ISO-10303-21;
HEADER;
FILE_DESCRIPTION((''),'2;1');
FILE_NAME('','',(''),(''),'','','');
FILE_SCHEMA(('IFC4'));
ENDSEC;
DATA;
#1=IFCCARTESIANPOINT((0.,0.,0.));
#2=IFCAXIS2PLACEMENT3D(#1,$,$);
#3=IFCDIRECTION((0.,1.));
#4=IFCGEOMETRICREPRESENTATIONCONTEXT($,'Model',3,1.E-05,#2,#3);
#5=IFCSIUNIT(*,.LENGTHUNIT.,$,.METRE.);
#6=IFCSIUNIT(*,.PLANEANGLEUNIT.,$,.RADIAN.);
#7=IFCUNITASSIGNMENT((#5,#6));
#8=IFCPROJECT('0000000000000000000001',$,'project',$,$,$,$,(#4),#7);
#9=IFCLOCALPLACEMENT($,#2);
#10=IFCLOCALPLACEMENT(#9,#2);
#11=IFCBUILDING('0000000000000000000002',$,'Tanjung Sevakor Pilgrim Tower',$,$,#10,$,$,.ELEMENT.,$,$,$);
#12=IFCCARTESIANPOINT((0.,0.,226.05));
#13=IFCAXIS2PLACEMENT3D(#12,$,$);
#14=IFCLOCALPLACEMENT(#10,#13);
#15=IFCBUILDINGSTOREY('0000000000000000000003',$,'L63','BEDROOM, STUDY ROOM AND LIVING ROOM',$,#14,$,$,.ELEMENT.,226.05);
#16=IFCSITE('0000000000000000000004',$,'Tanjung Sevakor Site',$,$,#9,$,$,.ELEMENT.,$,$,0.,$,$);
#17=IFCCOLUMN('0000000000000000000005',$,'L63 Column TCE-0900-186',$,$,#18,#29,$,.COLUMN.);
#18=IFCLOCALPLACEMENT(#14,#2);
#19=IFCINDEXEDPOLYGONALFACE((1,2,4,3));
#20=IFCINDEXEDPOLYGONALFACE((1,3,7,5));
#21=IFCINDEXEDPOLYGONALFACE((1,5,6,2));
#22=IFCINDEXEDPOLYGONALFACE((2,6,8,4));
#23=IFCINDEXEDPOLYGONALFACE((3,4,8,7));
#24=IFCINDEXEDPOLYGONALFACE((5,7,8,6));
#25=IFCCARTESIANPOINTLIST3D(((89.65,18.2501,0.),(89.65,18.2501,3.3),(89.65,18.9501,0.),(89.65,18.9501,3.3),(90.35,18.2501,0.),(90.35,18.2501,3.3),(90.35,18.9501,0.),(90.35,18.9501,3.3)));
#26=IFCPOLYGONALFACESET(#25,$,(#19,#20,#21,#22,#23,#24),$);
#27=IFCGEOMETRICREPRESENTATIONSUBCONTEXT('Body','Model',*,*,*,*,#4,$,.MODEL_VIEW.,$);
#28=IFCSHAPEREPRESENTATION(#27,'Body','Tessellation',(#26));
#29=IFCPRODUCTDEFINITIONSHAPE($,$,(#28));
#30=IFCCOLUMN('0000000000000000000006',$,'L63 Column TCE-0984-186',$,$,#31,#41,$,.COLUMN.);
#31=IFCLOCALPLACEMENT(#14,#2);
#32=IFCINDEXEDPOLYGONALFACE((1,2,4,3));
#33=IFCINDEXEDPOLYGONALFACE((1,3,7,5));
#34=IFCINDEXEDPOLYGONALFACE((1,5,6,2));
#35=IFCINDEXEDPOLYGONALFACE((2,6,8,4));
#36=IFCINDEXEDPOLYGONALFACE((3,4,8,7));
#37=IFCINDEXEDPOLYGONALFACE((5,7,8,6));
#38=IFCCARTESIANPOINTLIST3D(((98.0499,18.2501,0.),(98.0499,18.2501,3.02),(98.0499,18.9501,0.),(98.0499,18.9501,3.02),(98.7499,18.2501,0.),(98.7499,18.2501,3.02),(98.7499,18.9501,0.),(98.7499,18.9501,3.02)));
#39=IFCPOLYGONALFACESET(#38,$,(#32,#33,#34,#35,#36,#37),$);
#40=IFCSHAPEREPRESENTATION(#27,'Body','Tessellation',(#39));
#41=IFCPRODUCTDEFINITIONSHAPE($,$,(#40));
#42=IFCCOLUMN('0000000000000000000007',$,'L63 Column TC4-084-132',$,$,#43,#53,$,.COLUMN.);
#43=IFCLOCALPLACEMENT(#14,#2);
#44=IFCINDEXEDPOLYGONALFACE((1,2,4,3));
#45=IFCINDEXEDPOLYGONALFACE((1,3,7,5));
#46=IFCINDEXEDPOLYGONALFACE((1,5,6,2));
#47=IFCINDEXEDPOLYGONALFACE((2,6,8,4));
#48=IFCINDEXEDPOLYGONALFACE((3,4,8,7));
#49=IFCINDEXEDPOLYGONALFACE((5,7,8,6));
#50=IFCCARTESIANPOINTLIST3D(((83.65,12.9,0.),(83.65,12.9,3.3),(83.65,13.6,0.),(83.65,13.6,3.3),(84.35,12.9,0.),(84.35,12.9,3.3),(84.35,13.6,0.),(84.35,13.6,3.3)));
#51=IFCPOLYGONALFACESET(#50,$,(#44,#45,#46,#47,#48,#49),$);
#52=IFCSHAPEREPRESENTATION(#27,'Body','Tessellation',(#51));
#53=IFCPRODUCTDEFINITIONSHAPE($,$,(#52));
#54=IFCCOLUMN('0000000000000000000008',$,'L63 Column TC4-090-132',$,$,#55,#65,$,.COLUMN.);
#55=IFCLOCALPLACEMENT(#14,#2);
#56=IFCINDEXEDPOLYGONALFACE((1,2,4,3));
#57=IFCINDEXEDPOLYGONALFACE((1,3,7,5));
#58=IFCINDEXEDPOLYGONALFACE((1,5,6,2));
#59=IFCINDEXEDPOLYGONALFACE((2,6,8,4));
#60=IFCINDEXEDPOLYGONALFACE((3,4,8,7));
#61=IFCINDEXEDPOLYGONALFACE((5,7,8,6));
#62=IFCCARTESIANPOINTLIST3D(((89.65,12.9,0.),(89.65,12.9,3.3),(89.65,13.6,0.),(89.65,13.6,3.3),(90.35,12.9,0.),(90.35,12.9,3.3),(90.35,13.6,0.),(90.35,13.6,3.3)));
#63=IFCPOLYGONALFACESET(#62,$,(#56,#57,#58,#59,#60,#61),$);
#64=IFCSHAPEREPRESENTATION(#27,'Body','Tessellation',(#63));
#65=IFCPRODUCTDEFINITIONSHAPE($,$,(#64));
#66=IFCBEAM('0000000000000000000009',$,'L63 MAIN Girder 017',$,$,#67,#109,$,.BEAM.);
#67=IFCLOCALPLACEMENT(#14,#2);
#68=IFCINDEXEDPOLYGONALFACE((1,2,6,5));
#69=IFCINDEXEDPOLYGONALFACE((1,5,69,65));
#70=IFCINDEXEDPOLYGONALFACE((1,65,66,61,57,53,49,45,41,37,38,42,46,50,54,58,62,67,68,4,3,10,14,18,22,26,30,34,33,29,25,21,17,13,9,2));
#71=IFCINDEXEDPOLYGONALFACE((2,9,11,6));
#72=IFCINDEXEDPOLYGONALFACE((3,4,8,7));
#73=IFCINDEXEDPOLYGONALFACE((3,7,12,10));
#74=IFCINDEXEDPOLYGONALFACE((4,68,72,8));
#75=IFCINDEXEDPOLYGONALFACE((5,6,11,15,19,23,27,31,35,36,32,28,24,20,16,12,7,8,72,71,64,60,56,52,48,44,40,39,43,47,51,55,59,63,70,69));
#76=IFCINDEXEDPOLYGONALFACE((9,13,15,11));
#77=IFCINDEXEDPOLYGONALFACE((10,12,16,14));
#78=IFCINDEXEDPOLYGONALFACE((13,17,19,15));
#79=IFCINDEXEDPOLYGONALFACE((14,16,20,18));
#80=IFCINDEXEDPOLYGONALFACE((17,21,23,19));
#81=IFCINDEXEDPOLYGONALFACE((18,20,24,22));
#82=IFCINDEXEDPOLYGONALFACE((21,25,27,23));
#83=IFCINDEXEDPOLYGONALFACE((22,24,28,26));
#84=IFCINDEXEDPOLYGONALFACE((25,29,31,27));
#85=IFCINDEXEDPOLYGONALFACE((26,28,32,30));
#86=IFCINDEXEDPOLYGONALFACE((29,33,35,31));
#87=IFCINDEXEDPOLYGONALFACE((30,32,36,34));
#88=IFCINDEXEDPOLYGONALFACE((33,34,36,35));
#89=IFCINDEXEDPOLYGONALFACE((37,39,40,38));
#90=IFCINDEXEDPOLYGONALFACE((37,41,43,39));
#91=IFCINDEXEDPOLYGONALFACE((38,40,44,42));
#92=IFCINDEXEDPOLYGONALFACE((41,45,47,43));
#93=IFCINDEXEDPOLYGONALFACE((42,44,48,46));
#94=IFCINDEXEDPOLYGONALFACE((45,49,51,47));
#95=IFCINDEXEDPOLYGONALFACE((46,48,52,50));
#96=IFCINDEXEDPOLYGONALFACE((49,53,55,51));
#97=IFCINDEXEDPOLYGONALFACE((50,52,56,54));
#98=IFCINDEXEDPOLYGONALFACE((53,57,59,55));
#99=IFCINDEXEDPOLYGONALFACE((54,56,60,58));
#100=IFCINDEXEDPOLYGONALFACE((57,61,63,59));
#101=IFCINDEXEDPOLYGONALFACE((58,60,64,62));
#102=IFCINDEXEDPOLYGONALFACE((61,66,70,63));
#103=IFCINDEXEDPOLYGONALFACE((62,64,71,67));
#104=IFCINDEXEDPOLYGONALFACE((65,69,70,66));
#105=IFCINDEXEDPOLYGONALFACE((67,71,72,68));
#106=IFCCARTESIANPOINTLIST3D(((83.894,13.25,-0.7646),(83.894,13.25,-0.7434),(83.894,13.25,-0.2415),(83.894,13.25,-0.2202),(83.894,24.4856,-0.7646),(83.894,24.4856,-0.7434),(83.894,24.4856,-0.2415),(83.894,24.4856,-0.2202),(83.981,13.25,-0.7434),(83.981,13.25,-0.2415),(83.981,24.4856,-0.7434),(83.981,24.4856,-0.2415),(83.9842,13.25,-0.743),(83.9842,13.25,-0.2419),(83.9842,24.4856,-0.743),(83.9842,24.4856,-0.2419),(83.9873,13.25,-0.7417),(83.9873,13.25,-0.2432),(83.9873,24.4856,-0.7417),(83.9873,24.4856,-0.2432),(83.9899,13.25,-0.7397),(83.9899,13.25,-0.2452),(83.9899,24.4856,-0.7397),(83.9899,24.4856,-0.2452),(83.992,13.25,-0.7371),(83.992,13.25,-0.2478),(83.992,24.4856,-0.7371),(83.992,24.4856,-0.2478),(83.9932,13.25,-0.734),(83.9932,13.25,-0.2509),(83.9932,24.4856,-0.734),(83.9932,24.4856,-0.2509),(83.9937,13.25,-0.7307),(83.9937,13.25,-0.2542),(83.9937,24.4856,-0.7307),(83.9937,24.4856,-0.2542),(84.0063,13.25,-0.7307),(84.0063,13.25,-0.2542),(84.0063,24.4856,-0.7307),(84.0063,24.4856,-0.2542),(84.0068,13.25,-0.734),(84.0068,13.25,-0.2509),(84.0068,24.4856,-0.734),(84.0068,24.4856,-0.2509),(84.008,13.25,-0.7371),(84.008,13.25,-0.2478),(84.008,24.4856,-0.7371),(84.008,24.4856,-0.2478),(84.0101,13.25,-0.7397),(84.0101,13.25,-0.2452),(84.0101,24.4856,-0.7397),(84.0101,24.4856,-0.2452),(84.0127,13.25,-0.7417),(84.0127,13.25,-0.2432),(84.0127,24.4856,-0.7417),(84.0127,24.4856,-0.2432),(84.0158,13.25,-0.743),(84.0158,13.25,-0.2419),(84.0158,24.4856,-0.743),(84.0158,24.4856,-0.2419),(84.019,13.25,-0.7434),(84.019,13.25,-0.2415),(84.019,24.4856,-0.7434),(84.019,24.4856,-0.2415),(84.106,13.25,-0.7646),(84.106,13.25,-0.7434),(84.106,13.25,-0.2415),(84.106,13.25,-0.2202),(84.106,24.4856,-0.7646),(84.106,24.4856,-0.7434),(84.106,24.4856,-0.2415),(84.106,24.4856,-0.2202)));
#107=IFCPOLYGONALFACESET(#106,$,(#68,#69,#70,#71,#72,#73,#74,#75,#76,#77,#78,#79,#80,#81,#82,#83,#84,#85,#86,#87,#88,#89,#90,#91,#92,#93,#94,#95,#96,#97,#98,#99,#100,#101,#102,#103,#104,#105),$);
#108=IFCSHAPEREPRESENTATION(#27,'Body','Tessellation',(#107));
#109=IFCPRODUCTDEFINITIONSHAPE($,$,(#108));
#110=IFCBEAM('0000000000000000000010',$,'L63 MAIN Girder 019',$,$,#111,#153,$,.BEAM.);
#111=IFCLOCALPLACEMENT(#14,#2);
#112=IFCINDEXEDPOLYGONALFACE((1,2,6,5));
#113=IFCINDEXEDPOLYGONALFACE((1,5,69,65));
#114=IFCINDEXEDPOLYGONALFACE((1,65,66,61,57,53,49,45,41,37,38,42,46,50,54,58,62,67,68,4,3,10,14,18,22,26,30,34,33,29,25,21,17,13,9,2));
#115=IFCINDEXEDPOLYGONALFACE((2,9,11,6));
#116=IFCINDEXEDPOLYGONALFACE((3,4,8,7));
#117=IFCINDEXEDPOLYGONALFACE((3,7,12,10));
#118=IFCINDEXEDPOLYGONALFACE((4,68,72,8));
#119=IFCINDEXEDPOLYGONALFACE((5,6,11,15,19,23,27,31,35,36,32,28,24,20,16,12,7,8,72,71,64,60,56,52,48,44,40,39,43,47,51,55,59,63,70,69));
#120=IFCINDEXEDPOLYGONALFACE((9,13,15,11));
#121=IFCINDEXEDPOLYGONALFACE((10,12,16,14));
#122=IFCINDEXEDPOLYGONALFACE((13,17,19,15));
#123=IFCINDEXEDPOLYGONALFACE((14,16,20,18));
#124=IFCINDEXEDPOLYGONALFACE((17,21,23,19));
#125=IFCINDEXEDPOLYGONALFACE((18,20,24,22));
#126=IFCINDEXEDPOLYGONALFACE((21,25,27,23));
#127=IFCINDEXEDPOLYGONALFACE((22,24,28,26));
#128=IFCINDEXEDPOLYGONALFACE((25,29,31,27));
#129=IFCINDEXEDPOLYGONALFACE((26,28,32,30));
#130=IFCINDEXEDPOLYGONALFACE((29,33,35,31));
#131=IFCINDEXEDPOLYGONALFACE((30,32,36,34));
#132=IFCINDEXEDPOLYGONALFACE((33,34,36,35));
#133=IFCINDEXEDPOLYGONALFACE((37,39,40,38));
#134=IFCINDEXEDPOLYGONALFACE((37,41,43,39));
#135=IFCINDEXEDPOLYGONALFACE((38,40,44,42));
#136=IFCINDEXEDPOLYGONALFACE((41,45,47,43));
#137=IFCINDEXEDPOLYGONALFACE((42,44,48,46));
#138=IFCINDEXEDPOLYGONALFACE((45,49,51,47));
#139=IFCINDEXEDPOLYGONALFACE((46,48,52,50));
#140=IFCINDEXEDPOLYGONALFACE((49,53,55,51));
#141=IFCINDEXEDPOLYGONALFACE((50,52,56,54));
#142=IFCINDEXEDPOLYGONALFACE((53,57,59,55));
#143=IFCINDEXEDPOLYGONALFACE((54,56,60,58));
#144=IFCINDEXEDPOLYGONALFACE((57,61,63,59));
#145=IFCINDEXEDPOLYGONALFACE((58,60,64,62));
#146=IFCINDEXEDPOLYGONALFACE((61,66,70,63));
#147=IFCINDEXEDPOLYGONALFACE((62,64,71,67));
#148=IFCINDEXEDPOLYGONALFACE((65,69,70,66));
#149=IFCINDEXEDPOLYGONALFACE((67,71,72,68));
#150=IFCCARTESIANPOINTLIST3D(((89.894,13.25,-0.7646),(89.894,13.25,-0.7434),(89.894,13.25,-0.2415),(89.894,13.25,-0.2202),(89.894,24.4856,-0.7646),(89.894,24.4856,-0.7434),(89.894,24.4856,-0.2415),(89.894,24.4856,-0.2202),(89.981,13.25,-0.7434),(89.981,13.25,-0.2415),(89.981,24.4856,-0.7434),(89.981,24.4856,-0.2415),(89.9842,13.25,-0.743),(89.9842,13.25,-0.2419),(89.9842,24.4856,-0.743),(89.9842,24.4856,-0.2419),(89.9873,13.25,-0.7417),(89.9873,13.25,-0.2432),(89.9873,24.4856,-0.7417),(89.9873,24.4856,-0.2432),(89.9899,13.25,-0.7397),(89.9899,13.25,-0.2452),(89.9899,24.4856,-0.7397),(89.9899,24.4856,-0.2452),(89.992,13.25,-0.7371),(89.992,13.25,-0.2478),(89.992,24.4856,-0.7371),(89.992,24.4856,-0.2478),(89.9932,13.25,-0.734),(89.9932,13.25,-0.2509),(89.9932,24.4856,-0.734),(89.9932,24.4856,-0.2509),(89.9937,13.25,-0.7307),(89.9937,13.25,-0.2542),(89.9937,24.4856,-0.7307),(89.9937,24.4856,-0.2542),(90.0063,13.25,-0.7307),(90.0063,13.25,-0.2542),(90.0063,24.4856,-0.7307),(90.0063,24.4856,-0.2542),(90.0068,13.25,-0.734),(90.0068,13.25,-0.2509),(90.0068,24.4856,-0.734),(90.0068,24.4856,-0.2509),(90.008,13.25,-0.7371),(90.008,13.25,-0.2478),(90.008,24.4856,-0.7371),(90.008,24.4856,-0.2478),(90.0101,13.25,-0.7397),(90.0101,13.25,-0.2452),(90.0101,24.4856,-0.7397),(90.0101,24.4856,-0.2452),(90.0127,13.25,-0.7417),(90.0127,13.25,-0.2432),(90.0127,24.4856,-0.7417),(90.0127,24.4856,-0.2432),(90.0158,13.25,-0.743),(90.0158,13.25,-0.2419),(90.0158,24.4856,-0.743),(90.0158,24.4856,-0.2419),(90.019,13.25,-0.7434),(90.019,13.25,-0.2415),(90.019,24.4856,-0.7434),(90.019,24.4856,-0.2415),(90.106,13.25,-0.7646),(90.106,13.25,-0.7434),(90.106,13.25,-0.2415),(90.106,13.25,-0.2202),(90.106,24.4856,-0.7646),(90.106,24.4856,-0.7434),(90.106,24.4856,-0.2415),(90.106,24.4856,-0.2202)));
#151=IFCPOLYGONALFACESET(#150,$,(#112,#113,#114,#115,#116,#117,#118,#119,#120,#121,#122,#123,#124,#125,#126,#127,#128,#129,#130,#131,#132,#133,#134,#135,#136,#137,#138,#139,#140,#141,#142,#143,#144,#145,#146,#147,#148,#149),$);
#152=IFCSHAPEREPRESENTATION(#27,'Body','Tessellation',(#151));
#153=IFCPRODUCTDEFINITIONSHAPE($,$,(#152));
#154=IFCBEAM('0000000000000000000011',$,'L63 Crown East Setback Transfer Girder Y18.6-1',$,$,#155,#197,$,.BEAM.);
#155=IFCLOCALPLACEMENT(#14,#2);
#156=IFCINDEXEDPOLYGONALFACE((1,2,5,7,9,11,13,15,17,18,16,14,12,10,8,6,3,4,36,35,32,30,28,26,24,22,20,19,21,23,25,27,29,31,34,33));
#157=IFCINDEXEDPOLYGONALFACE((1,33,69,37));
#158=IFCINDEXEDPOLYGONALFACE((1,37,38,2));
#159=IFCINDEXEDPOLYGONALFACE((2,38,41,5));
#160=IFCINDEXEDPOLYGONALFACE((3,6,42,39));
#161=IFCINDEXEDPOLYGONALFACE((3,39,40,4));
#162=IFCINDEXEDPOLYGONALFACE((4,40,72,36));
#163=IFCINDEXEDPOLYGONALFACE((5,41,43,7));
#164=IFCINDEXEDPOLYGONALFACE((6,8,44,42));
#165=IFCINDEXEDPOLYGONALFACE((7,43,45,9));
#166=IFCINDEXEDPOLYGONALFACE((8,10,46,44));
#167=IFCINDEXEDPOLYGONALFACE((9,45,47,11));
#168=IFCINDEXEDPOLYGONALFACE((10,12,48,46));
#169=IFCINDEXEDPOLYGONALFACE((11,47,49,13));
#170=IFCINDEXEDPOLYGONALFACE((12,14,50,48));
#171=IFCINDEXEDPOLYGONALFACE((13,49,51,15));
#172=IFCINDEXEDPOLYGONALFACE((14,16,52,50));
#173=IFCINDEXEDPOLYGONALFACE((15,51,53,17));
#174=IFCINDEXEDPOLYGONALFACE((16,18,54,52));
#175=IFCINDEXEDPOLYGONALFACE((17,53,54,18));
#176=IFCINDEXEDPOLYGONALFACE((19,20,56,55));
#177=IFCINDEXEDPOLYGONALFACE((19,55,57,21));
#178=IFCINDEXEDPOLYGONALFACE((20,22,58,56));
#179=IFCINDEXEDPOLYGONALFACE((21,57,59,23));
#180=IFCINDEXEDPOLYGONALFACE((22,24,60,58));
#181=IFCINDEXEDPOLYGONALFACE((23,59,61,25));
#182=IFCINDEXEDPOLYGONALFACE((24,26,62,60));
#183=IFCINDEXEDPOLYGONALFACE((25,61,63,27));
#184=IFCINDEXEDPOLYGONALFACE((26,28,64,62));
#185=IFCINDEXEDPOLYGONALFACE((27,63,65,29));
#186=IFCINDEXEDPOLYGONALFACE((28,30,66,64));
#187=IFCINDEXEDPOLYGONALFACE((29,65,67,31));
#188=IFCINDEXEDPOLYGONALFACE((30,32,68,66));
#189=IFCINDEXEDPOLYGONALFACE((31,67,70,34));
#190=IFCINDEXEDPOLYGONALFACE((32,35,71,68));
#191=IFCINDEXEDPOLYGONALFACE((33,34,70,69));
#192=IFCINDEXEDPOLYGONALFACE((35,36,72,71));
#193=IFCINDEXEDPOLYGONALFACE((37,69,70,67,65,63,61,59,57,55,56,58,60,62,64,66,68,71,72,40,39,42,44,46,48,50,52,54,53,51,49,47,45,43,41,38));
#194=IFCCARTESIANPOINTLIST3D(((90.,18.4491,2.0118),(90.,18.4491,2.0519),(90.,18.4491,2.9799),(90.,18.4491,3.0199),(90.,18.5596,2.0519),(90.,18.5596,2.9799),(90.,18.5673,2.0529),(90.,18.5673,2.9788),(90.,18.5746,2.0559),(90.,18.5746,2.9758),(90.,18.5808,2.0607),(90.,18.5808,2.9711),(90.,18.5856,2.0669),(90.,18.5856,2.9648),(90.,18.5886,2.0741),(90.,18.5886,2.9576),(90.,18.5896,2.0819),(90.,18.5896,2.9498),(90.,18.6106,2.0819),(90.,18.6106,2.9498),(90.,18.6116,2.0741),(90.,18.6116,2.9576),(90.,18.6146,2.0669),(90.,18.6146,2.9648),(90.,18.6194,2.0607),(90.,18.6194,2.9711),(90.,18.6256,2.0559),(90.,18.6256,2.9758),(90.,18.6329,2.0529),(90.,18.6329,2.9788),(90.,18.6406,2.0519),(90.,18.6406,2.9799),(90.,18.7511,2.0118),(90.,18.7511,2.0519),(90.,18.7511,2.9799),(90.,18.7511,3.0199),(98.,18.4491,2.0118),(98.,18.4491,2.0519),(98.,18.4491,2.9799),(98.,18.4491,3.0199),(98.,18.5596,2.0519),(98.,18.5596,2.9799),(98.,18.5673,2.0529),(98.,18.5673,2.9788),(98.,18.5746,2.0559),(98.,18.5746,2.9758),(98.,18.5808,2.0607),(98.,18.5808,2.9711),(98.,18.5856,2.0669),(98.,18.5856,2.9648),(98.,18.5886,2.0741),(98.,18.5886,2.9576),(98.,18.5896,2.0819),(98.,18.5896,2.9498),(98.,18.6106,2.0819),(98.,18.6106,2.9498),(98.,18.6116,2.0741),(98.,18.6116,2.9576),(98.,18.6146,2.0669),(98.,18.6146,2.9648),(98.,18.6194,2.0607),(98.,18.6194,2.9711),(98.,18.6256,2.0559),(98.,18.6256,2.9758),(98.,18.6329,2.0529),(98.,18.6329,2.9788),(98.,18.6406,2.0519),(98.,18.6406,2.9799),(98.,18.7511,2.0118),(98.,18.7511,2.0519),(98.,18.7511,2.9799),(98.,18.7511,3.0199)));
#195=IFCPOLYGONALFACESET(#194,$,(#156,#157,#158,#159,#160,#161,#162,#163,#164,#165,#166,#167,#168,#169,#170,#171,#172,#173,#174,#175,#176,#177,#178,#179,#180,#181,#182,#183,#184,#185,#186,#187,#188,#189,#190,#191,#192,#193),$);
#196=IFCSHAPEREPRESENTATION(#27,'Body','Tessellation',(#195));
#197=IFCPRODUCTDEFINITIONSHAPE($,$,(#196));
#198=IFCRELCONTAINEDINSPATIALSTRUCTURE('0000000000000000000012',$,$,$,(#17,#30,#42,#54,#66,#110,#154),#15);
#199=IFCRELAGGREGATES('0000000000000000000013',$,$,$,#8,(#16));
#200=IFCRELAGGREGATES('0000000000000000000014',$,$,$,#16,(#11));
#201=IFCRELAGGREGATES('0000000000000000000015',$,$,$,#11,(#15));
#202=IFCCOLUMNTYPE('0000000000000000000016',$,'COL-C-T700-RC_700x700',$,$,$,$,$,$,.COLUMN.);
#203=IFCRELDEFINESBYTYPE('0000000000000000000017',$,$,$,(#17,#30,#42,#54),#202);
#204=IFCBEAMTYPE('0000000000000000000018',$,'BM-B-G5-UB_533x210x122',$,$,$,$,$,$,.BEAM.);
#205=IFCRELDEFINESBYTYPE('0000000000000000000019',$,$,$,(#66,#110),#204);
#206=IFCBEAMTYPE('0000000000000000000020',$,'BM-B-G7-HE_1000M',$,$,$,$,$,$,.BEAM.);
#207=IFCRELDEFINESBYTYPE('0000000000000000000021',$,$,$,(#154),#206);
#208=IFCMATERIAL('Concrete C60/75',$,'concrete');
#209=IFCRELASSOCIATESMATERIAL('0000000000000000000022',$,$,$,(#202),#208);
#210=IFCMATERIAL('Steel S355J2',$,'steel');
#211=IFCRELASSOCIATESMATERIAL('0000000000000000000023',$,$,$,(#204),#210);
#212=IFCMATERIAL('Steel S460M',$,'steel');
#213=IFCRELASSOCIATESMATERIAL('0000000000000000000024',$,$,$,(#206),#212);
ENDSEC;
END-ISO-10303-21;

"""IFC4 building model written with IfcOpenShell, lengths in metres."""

from ifc_helpers import new_model, si_unit, direction, frame, origin, origin_2d, place, context, subcontext, project, spatial, rectangle, i_section, extrude, material, material_profile, profile_set, type_object, element, save


model = new_model("IFC4")

# Units and contexts
model_context = context("Model", 3, precision=1e-05, world=origin(), true_north=direction((0.0, 1.0)))
body_context = subcontext(model_context, "Body", "Model", "MODEL_VIEW")
ifc_project = project(units=[si_unit("LENGTHUNIT", "METRE"), si_unit("PLANEANGLEUNIT", "RADIAN")], contexts=[model_context])

# Site, building, storey
site_placement = place(None, origin())
site = spatial("IfcSite", under=ifc_project, at=site_placement, Name="Tanjung Sevakor Site", CompositionType="ELEMENT", RefElevation=0.0)
building_placement = place(site_placement, origin())
building = spatial("IfcBuilding", under=site, at=building_placement, Name="Tanjung Sevakor Pilgrim Tower", CompositionType="ELEMENT")
storey_placement = place(building_placement, frame((0.0, 0.0, 226.05)))
storey = spatial("IfcBuildingStorey", under=building, at=storey_placement, Name="L63", Description="BEDROOM, STUDY ROOM AND LIVING ROOM", CompositionType="ELEMENT", Elevation=226.05)

# Columns
ifc_material_1 = material(Name="Concrete C60/75", Category="concrete")
ifc_material_profile_1 = material_profile(ifc_material_1, rectangle(XDim=0.7, YDim=0.7, at=origin_2d()))
ifc_profile_set_1 = profile_set([ifc_material_profile_1], Name="Concrete C60/75")
column_type = type_object("IfcColumnType", Name="COL-C-T700-RC_700x700", PredefinedType="COLUMN", material=ifc_profile_set_1)
column_1_placement = place(storey_placement, frame((90.0, 18.6001, 0.0), z_axis=(0.0, 0.0, 1.0), x_axis=(1.0, 0.0, 0.0)))
element("IfcColumn", 1, at=column_1_placement, inside=storey, type_object=column_type, Name="L63 Column TCE-0900-186", PredefinedType="COLUMN", context=body_context, shape_type="SweptSolid", body=[
    extrude(rectangle(XDim=0.7, YDim=0.7, at=origin_2d()), origin(), (0.0, 0.0, 1.0), 3.3),
])
column_2_placement = place(storey_placement, frame((98.3999, 18.6001, 0.0), z_axis=(0.0, 0.0, 1.0), x_axis=(1.0, 0.0, 0.0)))
element("IfcColumn", 2, at=column_2_placement, inside=storey, type_object=column_type, Name="L63 Column TCE-0984-186", PredefinedType="COLUMN", context=body_context, shape_type="SweptSolid", body=[
    extrude(rectangle(XDim=0.7, YDim=0.7, at=origin_2d()), origin(), (0.0, 0.0, 1.0), 3.02),
])
for number, where, z_axis, x_axis, name in (
    (3, (84.0, 13.25, 0.0), (0.0, 0.0, 1.0), (1.0, 0.0, 0.0), "L63 Column TC4-084-132"),
    (4, (90.0, 13.25, 0.0), (0.0, 0.0, 1.0), (1.0, 0.0, 0.0), "L63 Column TC4-090-132"),
):
    element("IfcColumn", number, at=place(storey_placement, frame(where, z_axis=z_axis, x_axis=x_axis)), inside=storey, type_object=column_type, Name=name, PredefinedType="COLUMN", context=body_context, shape_type="SweptSolid", body=[
        extrude(rectangle(XDim=0.7, YDim=0.7, at=origin_2d()), origin(), (0.0, 0.0, 1.0), 3.3),
    ])

# Beams
ifc_material_2 = material(Name="Steel S355J2", Category="steel")
ifc_material_profile_2 = material_profile(ifc_material_2, i_section(OverallWidth=0.2119, OverallDepth=0.5444, WebThickness=0.0127, FlangeThickness=0.0212, FilletRadius=0.0127, at=origin_2d()))
ifc_profile_set_2 = profile_set([ifc_material_profile_2], Name="Steel S355J2")
beam_type_1 = type_object("IfcBeamType", Name="BM-B-G5-UB_533x210x122", PredefinedType="BEAM", material=ifc_profile_set_2)
for number, where, z_axis, x_axis, name in (
    (5, (84.0, 13.25, -0.4924), (0.0, 1.0, 0.0), (-1.0, 0.0, 0.0), "L63 MAIN Girder 017"),
    (6, (90.0, 13.25, -0.4924), (0.0, 1.0, 0.0), (-1.0, 0.0, 0.0), "L63 MAIN Girder 019"),
):
    element("IfcBeam", number, at=place(storey_placement, frame(where, z_axis=z_axis, x_axis=x_axis)), inside=storey, type_object=beam_type_1, Name=name, PredefinedType="BEAM", context=body_context, shape_type="SweptSolid", body=[
        extrude(i_section(OverallWidth=0.2119, OverallDepth=0.5444, WebThickness=0.0127, FlangeThickness=0.0212, FilletRadius=0.0127, at=origin_2d()), origin(), (0.0, 0.0, 1.0), 11.2356),
    ])
ifc_material_3 = material(Name="Steel S460M", Category="steel")
ifc_material_profile_3 = material_profile(ifc_material_3, i_section(OverallWidth=0.302, OverallDepth=1.0081, WebThickness=0.021, FlangeThickness=0.04, FilletRadius=0.03, at=origin_2d()))
ifc_profile_set_3 = profile_set([ifc_material_profile_3], Name="Steel S460M")
beam_type_2 = type_object("IfcBeamType", Name="BM-B-G7-HE_1000M", PredefinedType="BEAM", material=ifc_profile_set_3)
beam_1_placement = place(storey_placement, frame((90.0, 18.6001, 2.5159), z_axis=(1.0, 0.0, 0.0), x_axis=(0.0, 1.0, 0.0)))
element("IfcBeam", 7, at=beam_1_placement, inside=storey, type_object=beam_type_2, Name="L63 Crown East Setback Transfer Girder Y18.6-1", PredefinedType="BEAM", context=body_context, shape_type="SweptSolid", body=[
    extrude(i_section(OverallWidth=0.302, OverallDepth=1.0081, WebThickness=0.021, FlangeThickness=0.04, FilletRadius=0.03, at=origin_2d()), origin(), (0.0, 0.0, 1.0), 8.0),
])

save(model, "model.ifc")
